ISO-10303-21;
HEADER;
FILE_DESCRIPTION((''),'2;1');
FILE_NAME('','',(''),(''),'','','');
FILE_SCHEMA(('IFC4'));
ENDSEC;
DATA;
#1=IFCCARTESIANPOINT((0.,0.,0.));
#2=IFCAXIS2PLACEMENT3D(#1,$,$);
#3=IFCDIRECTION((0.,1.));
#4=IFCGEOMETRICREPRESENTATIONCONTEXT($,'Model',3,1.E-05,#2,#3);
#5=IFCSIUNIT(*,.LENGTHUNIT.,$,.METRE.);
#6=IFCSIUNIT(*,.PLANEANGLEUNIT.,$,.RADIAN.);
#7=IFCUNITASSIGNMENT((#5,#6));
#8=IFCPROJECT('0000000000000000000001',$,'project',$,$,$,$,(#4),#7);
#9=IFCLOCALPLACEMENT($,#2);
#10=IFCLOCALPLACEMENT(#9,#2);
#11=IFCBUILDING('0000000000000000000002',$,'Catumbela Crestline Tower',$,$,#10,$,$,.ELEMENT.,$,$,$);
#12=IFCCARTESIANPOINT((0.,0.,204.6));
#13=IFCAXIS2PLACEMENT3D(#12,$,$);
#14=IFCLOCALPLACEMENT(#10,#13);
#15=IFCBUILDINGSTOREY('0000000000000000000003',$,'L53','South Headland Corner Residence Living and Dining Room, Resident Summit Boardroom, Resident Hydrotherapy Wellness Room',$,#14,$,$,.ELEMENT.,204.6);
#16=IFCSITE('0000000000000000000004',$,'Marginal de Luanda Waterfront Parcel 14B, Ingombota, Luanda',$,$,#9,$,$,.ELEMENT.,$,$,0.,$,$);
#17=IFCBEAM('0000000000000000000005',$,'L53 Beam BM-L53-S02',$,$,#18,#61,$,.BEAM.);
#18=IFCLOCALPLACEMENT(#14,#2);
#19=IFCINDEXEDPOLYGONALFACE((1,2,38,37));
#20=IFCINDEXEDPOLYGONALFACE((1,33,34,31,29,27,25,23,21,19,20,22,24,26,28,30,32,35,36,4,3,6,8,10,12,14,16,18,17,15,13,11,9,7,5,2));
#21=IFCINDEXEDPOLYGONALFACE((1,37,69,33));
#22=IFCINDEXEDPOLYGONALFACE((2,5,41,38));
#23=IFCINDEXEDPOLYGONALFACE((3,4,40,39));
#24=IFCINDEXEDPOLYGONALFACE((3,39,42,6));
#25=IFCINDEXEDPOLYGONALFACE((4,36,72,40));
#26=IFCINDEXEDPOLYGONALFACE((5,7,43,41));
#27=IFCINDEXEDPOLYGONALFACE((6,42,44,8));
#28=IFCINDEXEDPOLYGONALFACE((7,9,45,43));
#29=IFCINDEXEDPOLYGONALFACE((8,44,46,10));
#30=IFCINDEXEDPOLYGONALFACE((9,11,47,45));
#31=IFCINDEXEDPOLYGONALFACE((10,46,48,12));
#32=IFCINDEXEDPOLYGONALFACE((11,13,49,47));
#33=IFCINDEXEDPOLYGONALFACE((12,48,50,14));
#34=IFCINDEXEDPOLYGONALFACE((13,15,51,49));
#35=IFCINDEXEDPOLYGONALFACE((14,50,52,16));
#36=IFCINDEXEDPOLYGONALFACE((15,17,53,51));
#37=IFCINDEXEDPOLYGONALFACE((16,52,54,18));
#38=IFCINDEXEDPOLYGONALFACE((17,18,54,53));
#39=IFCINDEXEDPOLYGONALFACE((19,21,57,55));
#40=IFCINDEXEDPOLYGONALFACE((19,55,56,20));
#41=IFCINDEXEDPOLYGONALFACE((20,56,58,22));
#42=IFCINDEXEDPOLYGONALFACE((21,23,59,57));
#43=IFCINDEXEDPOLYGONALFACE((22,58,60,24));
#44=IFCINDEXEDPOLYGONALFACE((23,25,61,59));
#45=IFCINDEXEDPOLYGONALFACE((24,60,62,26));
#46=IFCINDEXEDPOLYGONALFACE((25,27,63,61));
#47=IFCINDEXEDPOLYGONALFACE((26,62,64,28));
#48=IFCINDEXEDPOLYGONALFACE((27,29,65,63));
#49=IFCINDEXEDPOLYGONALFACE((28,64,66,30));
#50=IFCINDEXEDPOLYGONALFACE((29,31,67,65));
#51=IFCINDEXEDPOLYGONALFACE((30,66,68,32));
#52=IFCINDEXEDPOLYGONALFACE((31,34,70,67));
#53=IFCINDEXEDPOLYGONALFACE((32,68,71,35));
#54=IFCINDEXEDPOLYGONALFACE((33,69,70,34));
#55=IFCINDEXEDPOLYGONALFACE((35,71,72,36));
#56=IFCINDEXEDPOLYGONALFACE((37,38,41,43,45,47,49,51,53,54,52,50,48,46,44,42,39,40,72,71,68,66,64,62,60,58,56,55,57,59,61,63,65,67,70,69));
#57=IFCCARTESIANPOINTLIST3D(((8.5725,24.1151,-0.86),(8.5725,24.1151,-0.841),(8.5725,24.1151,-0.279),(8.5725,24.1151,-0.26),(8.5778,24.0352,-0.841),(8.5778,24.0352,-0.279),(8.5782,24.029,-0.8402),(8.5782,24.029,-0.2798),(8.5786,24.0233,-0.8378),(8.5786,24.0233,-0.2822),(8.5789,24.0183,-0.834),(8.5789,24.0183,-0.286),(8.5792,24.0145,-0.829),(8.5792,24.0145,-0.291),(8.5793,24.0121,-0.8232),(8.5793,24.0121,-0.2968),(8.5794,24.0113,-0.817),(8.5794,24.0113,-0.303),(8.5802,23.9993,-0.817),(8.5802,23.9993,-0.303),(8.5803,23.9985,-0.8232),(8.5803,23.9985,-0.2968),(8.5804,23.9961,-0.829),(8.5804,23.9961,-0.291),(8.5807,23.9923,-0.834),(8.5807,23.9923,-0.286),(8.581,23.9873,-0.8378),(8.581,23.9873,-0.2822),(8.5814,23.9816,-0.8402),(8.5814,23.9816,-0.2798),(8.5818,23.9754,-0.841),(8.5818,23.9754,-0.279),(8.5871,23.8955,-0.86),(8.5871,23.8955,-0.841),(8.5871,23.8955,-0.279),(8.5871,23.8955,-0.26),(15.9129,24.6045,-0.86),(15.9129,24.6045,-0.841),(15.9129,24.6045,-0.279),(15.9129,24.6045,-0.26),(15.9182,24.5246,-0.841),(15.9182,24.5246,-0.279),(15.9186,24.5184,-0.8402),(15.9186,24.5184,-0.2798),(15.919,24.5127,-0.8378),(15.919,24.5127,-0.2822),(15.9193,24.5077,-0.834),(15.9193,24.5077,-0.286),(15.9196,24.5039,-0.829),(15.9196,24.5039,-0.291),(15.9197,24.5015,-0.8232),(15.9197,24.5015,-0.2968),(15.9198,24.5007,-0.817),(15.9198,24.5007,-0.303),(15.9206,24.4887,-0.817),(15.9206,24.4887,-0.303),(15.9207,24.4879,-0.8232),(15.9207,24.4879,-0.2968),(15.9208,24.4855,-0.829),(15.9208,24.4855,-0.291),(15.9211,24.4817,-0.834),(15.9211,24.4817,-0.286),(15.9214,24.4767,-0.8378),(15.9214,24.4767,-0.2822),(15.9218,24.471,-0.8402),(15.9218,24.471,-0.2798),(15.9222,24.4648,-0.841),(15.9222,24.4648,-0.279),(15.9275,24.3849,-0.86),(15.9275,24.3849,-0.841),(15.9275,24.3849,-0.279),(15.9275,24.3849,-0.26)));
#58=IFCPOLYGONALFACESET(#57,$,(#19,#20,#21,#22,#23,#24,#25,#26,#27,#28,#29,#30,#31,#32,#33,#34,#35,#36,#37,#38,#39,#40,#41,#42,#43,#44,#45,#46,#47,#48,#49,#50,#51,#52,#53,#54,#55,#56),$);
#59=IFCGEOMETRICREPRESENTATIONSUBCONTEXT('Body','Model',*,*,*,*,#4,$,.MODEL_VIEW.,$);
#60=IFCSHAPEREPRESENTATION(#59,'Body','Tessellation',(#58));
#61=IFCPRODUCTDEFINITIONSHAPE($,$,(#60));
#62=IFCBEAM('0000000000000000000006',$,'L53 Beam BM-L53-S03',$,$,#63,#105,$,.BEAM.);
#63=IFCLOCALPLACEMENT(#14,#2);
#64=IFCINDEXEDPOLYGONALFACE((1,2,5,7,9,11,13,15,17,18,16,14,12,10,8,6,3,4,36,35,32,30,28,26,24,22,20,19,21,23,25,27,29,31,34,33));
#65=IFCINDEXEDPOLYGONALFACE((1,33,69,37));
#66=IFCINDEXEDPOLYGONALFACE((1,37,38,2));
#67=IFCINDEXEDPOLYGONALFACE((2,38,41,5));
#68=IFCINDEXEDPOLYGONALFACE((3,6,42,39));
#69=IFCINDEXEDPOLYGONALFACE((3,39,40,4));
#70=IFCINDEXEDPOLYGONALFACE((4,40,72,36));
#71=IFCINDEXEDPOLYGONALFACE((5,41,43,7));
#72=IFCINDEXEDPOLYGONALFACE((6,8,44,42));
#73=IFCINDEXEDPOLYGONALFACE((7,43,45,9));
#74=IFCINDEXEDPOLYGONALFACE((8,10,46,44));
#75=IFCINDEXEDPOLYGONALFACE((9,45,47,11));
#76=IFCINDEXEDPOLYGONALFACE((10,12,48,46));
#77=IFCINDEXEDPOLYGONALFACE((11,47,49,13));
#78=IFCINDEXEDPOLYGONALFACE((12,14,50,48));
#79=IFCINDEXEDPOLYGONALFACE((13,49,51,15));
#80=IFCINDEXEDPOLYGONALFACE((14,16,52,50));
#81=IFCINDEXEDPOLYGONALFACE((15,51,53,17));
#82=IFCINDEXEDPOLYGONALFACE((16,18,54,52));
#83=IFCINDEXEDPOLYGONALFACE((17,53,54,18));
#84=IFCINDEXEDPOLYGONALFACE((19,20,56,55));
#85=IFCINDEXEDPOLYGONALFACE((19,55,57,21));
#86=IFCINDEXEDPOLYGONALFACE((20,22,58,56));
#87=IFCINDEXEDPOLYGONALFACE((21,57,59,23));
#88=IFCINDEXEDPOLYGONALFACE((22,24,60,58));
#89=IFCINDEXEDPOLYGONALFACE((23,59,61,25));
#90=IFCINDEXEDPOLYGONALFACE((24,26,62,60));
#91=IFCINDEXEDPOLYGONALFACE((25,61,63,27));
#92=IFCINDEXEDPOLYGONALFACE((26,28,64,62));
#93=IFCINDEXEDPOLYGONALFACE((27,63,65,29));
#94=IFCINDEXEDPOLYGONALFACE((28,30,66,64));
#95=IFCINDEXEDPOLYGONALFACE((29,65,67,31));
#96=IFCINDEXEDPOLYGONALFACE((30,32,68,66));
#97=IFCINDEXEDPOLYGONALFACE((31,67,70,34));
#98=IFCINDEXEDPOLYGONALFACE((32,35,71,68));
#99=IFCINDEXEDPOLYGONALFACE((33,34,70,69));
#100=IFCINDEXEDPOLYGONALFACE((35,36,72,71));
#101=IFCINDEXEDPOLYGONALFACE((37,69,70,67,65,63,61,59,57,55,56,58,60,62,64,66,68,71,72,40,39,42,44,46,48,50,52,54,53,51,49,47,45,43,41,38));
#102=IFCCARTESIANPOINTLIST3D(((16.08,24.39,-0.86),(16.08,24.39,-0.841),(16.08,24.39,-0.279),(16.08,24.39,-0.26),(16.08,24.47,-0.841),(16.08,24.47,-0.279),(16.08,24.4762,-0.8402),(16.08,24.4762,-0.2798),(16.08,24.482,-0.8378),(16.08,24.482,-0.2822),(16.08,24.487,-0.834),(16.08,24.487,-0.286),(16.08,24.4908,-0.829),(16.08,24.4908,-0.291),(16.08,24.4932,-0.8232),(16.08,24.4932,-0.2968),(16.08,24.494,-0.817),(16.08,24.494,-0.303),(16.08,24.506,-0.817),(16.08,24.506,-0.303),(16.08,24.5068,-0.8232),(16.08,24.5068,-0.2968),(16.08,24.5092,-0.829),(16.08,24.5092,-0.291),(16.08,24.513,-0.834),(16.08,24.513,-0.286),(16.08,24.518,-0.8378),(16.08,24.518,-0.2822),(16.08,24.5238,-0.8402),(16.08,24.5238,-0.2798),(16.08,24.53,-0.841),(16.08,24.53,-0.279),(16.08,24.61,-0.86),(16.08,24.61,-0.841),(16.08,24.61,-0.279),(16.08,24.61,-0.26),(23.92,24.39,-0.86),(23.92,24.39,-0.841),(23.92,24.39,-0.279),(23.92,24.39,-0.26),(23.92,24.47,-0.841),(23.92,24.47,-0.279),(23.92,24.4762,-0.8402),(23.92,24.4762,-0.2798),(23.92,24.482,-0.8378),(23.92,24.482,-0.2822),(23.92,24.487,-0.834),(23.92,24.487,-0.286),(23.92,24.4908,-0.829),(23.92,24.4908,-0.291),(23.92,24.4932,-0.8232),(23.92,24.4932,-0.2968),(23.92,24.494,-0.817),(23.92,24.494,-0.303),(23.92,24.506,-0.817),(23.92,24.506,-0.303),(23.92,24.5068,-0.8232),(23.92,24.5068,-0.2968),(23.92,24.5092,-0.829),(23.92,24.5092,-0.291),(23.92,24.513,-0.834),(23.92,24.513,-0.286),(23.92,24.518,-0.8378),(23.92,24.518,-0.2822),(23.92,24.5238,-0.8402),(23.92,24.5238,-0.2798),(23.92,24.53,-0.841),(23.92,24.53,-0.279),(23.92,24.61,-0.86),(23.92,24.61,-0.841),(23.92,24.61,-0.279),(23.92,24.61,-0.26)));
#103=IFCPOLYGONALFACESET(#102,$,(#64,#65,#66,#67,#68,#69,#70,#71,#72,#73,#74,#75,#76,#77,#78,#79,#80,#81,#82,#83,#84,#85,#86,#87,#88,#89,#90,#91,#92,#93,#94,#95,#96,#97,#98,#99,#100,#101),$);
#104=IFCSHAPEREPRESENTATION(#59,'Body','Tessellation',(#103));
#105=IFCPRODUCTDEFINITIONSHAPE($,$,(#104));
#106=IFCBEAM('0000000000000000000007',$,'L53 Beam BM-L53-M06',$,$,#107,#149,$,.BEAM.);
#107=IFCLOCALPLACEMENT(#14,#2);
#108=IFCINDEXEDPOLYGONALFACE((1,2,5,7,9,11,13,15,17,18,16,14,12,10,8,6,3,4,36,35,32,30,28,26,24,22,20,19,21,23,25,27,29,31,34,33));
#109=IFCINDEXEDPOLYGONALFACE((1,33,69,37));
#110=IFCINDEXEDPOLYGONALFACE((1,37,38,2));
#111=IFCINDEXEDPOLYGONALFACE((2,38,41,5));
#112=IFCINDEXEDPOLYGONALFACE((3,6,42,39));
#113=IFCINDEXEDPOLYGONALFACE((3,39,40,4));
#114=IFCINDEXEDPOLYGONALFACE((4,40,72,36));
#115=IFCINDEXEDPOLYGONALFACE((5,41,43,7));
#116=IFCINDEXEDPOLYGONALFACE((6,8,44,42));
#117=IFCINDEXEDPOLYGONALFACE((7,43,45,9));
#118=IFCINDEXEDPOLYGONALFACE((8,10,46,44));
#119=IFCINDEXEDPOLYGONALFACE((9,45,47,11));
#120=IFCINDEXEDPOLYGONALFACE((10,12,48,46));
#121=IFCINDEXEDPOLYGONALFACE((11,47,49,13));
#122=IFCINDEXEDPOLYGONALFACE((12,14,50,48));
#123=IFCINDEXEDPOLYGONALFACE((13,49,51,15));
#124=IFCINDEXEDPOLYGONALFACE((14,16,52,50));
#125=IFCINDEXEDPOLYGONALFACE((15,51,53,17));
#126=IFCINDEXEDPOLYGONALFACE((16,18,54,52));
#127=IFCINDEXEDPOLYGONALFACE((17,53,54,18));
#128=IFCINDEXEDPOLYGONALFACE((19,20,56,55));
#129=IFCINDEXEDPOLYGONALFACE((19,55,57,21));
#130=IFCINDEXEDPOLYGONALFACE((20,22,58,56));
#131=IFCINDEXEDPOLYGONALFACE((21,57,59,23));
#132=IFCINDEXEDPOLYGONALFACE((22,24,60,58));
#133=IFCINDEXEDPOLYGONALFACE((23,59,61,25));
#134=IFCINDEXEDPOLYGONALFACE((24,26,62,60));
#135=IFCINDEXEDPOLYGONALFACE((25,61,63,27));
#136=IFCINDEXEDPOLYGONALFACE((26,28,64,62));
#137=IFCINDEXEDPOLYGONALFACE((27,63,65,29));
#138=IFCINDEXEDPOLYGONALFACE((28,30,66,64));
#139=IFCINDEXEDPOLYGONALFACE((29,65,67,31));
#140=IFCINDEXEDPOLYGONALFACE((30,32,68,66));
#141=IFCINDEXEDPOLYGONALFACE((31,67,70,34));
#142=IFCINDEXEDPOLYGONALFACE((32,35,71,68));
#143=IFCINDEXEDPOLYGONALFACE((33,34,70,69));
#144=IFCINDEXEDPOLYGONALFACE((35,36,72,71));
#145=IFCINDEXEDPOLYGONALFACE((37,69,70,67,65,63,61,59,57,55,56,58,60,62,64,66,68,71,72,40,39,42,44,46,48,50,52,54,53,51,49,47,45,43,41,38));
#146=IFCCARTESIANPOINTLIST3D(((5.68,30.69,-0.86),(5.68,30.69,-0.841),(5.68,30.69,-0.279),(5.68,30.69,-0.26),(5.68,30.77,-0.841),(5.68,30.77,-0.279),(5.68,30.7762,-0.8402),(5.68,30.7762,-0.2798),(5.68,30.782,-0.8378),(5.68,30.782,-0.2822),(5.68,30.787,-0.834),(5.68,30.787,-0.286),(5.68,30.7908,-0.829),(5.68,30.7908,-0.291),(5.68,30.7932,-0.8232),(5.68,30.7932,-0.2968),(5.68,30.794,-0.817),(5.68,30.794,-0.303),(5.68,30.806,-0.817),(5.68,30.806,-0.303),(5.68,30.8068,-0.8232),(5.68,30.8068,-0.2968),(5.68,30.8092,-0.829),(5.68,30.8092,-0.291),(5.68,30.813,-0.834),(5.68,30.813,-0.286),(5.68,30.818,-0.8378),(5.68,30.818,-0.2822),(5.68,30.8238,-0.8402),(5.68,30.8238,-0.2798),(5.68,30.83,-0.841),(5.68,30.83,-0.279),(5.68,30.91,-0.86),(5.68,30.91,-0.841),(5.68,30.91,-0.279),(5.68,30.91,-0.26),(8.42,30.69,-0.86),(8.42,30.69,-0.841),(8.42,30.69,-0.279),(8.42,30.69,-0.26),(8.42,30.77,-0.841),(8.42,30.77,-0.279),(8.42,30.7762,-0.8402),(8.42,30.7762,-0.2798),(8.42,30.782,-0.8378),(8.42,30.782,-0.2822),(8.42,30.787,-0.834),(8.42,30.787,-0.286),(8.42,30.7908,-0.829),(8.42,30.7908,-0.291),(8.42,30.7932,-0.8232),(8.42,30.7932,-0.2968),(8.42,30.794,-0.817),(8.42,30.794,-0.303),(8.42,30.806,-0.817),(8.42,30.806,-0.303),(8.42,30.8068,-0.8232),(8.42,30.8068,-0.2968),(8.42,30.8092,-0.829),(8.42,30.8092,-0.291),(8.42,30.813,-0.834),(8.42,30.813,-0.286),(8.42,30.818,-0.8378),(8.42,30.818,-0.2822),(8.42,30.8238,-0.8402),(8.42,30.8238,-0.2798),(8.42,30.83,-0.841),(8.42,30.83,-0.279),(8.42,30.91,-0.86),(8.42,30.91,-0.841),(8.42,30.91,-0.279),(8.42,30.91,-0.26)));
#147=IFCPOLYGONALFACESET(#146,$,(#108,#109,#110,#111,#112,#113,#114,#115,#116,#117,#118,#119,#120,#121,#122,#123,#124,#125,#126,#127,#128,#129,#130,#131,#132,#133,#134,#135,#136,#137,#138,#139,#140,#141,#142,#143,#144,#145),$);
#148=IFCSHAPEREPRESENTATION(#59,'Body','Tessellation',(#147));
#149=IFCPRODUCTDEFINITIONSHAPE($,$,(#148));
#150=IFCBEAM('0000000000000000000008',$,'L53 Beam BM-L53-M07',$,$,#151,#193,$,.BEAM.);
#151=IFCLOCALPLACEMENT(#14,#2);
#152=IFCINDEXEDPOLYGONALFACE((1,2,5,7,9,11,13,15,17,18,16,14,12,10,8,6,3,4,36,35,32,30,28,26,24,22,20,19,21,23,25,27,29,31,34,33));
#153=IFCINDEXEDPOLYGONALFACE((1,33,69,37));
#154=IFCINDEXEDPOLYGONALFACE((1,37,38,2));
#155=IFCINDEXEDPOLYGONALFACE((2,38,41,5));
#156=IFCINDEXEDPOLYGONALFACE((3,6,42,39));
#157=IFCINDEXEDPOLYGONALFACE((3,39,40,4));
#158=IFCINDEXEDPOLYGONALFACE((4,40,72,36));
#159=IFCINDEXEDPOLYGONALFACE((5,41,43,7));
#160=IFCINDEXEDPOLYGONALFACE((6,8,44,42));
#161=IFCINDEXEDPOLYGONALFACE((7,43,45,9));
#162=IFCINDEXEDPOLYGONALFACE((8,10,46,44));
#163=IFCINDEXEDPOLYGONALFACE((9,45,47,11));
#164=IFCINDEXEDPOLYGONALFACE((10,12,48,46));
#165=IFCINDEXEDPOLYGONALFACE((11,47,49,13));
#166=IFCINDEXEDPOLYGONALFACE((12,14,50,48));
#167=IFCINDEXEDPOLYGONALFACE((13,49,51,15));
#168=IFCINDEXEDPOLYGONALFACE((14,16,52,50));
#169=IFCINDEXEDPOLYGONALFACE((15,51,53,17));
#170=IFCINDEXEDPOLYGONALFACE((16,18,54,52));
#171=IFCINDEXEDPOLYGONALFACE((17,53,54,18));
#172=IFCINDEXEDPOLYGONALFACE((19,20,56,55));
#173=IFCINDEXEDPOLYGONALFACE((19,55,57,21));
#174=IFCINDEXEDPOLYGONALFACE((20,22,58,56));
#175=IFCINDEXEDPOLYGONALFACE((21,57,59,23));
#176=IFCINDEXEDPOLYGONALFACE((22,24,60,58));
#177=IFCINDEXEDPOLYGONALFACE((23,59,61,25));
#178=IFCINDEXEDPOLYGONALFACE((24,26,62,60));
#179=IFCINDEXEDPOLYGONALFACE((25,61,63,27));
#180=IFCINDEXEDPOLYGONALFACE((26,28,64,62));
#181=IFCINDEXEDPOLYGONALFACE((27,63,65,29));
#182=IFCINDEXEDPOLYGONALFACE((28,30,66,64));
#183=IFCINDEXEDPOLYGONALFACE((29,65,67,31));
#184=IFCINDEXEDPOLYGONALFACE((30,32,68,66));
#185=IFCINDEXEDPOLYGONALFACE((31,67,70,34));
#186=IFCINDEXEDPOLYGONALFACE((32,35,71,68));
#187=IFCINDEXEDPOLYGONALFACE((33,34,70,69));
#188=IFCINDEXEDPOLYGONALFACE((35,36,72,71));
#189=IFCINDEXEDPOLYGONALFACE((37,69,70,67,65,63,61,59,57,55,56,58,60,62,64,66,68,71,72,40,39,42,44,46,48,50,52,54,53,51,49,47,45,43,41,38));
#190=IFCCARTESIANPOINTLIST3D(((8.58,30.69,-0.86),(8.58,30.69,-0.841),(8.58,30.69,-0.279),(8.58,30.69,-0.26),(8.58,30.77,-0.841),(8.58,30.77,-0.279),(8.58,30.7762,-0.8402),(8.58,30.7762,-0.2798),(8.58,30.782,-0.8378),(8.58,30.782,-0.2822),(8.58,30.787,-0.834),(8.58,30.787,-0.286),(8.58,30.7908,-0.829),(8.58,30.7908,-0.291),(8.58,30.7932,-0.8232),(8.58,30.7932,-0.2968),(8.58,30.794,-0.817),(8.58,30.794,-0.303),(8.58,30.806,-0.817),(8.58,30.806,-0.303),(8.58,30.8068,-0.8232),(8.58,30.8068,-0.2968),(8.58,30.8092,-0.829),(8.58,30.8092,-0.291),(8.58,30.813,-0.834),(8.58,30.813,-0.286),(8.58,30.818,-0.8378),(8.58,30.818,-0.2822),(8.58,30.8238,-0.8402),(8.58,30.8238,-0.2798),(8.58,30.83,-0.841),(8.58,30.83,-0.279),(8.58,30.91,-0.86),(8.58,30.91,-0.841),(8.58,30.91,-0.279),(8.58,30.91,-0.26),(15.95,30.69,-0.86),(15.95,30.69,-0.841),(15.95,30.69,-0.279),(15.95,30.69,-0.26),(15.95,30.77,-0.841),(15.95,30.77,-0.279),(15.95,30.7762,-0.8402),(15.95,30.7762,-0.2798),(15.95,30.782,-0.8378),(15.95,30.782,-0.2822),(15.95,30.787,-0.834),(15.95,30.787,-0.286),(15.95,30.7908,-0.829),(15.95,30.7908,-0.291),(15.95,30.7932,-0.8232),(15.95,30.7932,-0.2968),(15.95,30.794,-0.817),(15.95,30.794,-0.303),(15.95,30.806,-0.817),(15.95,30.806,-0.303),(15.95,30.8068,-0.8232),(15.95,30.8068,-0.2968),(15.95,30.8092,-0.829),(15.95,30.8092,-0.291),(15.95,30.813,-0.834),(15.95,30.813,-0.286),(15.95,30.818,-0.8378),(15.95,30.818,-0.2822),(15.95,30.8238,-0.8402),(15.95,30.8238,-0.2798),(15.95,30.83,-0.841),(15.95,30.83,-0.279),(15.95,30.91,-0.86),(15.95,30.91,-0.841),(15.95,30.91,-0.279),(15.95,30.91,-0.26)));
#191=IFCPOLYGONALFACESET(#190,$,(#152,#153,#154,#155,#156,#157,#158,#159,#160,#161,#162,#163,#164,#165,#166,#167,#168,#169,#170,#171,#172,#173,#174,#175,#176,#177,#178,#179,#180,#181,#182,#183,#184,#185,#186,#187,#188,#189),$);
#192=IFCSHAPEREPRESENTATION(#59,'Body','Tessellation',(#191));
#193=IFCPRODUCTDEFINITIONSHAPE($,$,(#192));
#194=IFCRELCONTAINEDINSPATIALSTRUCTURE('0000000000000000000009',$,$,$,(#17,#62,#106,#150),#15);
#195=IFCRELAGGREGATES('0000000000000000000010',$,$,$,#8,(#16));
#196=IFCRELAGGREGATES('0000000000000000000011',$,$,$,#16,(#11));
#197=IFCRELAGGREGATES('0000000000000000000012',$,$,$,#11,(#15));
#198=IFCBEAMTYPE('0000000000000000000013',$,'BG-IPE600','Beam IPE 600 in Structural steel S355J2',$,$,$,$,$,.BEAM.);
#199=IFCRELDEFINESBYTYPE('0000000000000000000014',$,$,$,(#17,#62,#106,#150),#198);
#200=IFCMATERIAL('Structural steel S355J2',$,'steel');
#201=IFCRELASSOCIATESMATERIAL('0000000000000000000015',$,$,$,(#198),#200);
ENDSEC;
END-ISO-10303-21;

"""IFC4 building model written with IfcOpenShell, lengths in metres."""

from ifc_helpers import new_model, si_unit, direction, frame, origin, origin_2d, place, context, subcontext, project, spatial, i_section, extrude, material, material_profile, profile_set, type_object, element, save


model = new_model("IFC4")

# Units and contexts
model_context = context("Model", 3, precision=1e-05, world=origin(), true_north=direction((0.0, 1.0)))
body_context = subcontext(model_context, "Body", "Model", "MODEL_VIEW")
ifc_project = project(units=[si_unit("LENGTHUNIT", "METRE"), si_unit("PLANEANGLEUNIT", "RADIAN")], contexts=[model_context])

# Site, building, storey
site_placement = place(None, origin())
site = spatial("IfcSite", under=ifc_project, at=site_placement, Name="Marginal de Luanda Waterfront Parcel 14B, Ingombota, Luanda", CompositionType="ELEMENT", RefElevation=0.0)
building_placement = place(site_placement, origin())
building = spatial("IfcBuilding", under=site, at=building_placement, Name="Catumbela Crestline Tower", CompositionType="ELEMENT")
storey_placement = place(building_placement, frame((0.0, 0.0, 204.6)))
storey = spatial("IfcBuildingStorey", under=building, at=storey_placement, Name="L53", Description="South Headland Corner Residence Living and Dining Room, Resident Summit Boardroom, Resident Hydrotherapy Wellness Room", CompositionType="ELEMENT", Elevation=204.6)

# Shared definitions
ifc_material_1 = material(Name="Structural steel S355J2", Category="steel")

# Beams
ifc_material_profile_1 = material_profile(ifc_material_1, i_section(OverallWidth=0.22, OverallDepth=0.6, WebThickness=0.012, FlangeThickness=0.019, FilletRadius=0.024, at=origin_2d()), Name="IPE 600")
ifc_profile_set_1 = profile_set([ifc_material_profile_1], Name="Structural steel S355J2")
beam_type_1 = type_object("IfcBeamType", Name="BG-IPE600", Description="Beam IPE 600 in Structural steel S355J2", PredefinedType="BEAM", material=ifc_profile_set_1)
beam_1_placement = place(storey_placement, frame((8.5798, 24.0053, -0.56), z_axis=(0.997785, 0.066524, 0.0), x_axis=(-0.066524, 0.997785, 0.0)))
element("IfcBeam", 1, at=beam_1_placement, inside=storey, type_object=beam_type_1, Name="L53 Beam BM-L53-S02", PredefinedType="BEAM", context=body_context, shape_type="SweptSolid", body=[
    extrude(i_section(OverallWidth=0.22, OverallDepth=0.6, WebThickness=0.012, FlangeThickness=0.019, FilletRadius=0.024, at=origin_2d()), origin(), (0.0, 0.0, 1.0), 7.3567),
])
beam_2_placement = place(storey_placement, frame((16.08, 24.5, -0.56), z_axis=(1.0, 0.0, 0.0), x_axis=(0.0, 1.0, 0.0)))
element("IfcBeam", 2, at=beam_2_placement, inside=storey, type_object=beam_type_1, Name="L53 Beam BM-L53-S03", PredefinedType="BEAM", context=body_context, shape_type="SweptSolid", body=[
    extrude(i_section(OverallWidth=0.22, OverallDepth=0.6, WebThickness=0.012, FlangeThickness=0.019, FilletRadius=0.024, at=origin_2d()), origin(), (0.0, 0.0, 1.0), 7.84),
])
beam_3_placement = place(storey_placement, frame((5.68, 30.8, -0.56), z_axis=(1.0, 0.0, 0.0), x_axis=(0.0, 1.0, 0.0)))
element("IfcBeam", 3, at=beam_3_placement, inside=storey, type_object=beam_type_1, Name="L53 Beam BM-L53-M06", PredefinedType="BEAM", context=body_context, shape_type="SweptSolid", body=[
    extrude(i_section(OverallWidth=0.22, OverallDepth=0.6, WebThickness=0.012, FlangeThickness=0.019, FilletRadius=0.024, at=origin_2d()), origin(), (0.0, 0.0, 1.0), 2.74),
])
beam_4_placement = place(storey_placement, frame((8.58, 30.8, -0.56), z_axis=(1.0, 0.0, 0.0), x_axis=(0.0, 1.0, 0.0)))
element("IfcBeam", 4, at=beam_4_placement, inside=storey, type_object=beam_type_1, Name="L53 Beam BM-L53-M07", PredefinedType="BEAM", context=body_context, shape_type="SweptSolid", body=[
    extrude(i_section(OverallWidth=0.22, OverallDepth=0.6, WebThickness=0.012, FlangeThickness=0.019, FilletRadius=0.024, at=origin_2d()), origin(), (0.0, 0.0, 1.0), 7.37),
])

save(model, "model.ifc")
